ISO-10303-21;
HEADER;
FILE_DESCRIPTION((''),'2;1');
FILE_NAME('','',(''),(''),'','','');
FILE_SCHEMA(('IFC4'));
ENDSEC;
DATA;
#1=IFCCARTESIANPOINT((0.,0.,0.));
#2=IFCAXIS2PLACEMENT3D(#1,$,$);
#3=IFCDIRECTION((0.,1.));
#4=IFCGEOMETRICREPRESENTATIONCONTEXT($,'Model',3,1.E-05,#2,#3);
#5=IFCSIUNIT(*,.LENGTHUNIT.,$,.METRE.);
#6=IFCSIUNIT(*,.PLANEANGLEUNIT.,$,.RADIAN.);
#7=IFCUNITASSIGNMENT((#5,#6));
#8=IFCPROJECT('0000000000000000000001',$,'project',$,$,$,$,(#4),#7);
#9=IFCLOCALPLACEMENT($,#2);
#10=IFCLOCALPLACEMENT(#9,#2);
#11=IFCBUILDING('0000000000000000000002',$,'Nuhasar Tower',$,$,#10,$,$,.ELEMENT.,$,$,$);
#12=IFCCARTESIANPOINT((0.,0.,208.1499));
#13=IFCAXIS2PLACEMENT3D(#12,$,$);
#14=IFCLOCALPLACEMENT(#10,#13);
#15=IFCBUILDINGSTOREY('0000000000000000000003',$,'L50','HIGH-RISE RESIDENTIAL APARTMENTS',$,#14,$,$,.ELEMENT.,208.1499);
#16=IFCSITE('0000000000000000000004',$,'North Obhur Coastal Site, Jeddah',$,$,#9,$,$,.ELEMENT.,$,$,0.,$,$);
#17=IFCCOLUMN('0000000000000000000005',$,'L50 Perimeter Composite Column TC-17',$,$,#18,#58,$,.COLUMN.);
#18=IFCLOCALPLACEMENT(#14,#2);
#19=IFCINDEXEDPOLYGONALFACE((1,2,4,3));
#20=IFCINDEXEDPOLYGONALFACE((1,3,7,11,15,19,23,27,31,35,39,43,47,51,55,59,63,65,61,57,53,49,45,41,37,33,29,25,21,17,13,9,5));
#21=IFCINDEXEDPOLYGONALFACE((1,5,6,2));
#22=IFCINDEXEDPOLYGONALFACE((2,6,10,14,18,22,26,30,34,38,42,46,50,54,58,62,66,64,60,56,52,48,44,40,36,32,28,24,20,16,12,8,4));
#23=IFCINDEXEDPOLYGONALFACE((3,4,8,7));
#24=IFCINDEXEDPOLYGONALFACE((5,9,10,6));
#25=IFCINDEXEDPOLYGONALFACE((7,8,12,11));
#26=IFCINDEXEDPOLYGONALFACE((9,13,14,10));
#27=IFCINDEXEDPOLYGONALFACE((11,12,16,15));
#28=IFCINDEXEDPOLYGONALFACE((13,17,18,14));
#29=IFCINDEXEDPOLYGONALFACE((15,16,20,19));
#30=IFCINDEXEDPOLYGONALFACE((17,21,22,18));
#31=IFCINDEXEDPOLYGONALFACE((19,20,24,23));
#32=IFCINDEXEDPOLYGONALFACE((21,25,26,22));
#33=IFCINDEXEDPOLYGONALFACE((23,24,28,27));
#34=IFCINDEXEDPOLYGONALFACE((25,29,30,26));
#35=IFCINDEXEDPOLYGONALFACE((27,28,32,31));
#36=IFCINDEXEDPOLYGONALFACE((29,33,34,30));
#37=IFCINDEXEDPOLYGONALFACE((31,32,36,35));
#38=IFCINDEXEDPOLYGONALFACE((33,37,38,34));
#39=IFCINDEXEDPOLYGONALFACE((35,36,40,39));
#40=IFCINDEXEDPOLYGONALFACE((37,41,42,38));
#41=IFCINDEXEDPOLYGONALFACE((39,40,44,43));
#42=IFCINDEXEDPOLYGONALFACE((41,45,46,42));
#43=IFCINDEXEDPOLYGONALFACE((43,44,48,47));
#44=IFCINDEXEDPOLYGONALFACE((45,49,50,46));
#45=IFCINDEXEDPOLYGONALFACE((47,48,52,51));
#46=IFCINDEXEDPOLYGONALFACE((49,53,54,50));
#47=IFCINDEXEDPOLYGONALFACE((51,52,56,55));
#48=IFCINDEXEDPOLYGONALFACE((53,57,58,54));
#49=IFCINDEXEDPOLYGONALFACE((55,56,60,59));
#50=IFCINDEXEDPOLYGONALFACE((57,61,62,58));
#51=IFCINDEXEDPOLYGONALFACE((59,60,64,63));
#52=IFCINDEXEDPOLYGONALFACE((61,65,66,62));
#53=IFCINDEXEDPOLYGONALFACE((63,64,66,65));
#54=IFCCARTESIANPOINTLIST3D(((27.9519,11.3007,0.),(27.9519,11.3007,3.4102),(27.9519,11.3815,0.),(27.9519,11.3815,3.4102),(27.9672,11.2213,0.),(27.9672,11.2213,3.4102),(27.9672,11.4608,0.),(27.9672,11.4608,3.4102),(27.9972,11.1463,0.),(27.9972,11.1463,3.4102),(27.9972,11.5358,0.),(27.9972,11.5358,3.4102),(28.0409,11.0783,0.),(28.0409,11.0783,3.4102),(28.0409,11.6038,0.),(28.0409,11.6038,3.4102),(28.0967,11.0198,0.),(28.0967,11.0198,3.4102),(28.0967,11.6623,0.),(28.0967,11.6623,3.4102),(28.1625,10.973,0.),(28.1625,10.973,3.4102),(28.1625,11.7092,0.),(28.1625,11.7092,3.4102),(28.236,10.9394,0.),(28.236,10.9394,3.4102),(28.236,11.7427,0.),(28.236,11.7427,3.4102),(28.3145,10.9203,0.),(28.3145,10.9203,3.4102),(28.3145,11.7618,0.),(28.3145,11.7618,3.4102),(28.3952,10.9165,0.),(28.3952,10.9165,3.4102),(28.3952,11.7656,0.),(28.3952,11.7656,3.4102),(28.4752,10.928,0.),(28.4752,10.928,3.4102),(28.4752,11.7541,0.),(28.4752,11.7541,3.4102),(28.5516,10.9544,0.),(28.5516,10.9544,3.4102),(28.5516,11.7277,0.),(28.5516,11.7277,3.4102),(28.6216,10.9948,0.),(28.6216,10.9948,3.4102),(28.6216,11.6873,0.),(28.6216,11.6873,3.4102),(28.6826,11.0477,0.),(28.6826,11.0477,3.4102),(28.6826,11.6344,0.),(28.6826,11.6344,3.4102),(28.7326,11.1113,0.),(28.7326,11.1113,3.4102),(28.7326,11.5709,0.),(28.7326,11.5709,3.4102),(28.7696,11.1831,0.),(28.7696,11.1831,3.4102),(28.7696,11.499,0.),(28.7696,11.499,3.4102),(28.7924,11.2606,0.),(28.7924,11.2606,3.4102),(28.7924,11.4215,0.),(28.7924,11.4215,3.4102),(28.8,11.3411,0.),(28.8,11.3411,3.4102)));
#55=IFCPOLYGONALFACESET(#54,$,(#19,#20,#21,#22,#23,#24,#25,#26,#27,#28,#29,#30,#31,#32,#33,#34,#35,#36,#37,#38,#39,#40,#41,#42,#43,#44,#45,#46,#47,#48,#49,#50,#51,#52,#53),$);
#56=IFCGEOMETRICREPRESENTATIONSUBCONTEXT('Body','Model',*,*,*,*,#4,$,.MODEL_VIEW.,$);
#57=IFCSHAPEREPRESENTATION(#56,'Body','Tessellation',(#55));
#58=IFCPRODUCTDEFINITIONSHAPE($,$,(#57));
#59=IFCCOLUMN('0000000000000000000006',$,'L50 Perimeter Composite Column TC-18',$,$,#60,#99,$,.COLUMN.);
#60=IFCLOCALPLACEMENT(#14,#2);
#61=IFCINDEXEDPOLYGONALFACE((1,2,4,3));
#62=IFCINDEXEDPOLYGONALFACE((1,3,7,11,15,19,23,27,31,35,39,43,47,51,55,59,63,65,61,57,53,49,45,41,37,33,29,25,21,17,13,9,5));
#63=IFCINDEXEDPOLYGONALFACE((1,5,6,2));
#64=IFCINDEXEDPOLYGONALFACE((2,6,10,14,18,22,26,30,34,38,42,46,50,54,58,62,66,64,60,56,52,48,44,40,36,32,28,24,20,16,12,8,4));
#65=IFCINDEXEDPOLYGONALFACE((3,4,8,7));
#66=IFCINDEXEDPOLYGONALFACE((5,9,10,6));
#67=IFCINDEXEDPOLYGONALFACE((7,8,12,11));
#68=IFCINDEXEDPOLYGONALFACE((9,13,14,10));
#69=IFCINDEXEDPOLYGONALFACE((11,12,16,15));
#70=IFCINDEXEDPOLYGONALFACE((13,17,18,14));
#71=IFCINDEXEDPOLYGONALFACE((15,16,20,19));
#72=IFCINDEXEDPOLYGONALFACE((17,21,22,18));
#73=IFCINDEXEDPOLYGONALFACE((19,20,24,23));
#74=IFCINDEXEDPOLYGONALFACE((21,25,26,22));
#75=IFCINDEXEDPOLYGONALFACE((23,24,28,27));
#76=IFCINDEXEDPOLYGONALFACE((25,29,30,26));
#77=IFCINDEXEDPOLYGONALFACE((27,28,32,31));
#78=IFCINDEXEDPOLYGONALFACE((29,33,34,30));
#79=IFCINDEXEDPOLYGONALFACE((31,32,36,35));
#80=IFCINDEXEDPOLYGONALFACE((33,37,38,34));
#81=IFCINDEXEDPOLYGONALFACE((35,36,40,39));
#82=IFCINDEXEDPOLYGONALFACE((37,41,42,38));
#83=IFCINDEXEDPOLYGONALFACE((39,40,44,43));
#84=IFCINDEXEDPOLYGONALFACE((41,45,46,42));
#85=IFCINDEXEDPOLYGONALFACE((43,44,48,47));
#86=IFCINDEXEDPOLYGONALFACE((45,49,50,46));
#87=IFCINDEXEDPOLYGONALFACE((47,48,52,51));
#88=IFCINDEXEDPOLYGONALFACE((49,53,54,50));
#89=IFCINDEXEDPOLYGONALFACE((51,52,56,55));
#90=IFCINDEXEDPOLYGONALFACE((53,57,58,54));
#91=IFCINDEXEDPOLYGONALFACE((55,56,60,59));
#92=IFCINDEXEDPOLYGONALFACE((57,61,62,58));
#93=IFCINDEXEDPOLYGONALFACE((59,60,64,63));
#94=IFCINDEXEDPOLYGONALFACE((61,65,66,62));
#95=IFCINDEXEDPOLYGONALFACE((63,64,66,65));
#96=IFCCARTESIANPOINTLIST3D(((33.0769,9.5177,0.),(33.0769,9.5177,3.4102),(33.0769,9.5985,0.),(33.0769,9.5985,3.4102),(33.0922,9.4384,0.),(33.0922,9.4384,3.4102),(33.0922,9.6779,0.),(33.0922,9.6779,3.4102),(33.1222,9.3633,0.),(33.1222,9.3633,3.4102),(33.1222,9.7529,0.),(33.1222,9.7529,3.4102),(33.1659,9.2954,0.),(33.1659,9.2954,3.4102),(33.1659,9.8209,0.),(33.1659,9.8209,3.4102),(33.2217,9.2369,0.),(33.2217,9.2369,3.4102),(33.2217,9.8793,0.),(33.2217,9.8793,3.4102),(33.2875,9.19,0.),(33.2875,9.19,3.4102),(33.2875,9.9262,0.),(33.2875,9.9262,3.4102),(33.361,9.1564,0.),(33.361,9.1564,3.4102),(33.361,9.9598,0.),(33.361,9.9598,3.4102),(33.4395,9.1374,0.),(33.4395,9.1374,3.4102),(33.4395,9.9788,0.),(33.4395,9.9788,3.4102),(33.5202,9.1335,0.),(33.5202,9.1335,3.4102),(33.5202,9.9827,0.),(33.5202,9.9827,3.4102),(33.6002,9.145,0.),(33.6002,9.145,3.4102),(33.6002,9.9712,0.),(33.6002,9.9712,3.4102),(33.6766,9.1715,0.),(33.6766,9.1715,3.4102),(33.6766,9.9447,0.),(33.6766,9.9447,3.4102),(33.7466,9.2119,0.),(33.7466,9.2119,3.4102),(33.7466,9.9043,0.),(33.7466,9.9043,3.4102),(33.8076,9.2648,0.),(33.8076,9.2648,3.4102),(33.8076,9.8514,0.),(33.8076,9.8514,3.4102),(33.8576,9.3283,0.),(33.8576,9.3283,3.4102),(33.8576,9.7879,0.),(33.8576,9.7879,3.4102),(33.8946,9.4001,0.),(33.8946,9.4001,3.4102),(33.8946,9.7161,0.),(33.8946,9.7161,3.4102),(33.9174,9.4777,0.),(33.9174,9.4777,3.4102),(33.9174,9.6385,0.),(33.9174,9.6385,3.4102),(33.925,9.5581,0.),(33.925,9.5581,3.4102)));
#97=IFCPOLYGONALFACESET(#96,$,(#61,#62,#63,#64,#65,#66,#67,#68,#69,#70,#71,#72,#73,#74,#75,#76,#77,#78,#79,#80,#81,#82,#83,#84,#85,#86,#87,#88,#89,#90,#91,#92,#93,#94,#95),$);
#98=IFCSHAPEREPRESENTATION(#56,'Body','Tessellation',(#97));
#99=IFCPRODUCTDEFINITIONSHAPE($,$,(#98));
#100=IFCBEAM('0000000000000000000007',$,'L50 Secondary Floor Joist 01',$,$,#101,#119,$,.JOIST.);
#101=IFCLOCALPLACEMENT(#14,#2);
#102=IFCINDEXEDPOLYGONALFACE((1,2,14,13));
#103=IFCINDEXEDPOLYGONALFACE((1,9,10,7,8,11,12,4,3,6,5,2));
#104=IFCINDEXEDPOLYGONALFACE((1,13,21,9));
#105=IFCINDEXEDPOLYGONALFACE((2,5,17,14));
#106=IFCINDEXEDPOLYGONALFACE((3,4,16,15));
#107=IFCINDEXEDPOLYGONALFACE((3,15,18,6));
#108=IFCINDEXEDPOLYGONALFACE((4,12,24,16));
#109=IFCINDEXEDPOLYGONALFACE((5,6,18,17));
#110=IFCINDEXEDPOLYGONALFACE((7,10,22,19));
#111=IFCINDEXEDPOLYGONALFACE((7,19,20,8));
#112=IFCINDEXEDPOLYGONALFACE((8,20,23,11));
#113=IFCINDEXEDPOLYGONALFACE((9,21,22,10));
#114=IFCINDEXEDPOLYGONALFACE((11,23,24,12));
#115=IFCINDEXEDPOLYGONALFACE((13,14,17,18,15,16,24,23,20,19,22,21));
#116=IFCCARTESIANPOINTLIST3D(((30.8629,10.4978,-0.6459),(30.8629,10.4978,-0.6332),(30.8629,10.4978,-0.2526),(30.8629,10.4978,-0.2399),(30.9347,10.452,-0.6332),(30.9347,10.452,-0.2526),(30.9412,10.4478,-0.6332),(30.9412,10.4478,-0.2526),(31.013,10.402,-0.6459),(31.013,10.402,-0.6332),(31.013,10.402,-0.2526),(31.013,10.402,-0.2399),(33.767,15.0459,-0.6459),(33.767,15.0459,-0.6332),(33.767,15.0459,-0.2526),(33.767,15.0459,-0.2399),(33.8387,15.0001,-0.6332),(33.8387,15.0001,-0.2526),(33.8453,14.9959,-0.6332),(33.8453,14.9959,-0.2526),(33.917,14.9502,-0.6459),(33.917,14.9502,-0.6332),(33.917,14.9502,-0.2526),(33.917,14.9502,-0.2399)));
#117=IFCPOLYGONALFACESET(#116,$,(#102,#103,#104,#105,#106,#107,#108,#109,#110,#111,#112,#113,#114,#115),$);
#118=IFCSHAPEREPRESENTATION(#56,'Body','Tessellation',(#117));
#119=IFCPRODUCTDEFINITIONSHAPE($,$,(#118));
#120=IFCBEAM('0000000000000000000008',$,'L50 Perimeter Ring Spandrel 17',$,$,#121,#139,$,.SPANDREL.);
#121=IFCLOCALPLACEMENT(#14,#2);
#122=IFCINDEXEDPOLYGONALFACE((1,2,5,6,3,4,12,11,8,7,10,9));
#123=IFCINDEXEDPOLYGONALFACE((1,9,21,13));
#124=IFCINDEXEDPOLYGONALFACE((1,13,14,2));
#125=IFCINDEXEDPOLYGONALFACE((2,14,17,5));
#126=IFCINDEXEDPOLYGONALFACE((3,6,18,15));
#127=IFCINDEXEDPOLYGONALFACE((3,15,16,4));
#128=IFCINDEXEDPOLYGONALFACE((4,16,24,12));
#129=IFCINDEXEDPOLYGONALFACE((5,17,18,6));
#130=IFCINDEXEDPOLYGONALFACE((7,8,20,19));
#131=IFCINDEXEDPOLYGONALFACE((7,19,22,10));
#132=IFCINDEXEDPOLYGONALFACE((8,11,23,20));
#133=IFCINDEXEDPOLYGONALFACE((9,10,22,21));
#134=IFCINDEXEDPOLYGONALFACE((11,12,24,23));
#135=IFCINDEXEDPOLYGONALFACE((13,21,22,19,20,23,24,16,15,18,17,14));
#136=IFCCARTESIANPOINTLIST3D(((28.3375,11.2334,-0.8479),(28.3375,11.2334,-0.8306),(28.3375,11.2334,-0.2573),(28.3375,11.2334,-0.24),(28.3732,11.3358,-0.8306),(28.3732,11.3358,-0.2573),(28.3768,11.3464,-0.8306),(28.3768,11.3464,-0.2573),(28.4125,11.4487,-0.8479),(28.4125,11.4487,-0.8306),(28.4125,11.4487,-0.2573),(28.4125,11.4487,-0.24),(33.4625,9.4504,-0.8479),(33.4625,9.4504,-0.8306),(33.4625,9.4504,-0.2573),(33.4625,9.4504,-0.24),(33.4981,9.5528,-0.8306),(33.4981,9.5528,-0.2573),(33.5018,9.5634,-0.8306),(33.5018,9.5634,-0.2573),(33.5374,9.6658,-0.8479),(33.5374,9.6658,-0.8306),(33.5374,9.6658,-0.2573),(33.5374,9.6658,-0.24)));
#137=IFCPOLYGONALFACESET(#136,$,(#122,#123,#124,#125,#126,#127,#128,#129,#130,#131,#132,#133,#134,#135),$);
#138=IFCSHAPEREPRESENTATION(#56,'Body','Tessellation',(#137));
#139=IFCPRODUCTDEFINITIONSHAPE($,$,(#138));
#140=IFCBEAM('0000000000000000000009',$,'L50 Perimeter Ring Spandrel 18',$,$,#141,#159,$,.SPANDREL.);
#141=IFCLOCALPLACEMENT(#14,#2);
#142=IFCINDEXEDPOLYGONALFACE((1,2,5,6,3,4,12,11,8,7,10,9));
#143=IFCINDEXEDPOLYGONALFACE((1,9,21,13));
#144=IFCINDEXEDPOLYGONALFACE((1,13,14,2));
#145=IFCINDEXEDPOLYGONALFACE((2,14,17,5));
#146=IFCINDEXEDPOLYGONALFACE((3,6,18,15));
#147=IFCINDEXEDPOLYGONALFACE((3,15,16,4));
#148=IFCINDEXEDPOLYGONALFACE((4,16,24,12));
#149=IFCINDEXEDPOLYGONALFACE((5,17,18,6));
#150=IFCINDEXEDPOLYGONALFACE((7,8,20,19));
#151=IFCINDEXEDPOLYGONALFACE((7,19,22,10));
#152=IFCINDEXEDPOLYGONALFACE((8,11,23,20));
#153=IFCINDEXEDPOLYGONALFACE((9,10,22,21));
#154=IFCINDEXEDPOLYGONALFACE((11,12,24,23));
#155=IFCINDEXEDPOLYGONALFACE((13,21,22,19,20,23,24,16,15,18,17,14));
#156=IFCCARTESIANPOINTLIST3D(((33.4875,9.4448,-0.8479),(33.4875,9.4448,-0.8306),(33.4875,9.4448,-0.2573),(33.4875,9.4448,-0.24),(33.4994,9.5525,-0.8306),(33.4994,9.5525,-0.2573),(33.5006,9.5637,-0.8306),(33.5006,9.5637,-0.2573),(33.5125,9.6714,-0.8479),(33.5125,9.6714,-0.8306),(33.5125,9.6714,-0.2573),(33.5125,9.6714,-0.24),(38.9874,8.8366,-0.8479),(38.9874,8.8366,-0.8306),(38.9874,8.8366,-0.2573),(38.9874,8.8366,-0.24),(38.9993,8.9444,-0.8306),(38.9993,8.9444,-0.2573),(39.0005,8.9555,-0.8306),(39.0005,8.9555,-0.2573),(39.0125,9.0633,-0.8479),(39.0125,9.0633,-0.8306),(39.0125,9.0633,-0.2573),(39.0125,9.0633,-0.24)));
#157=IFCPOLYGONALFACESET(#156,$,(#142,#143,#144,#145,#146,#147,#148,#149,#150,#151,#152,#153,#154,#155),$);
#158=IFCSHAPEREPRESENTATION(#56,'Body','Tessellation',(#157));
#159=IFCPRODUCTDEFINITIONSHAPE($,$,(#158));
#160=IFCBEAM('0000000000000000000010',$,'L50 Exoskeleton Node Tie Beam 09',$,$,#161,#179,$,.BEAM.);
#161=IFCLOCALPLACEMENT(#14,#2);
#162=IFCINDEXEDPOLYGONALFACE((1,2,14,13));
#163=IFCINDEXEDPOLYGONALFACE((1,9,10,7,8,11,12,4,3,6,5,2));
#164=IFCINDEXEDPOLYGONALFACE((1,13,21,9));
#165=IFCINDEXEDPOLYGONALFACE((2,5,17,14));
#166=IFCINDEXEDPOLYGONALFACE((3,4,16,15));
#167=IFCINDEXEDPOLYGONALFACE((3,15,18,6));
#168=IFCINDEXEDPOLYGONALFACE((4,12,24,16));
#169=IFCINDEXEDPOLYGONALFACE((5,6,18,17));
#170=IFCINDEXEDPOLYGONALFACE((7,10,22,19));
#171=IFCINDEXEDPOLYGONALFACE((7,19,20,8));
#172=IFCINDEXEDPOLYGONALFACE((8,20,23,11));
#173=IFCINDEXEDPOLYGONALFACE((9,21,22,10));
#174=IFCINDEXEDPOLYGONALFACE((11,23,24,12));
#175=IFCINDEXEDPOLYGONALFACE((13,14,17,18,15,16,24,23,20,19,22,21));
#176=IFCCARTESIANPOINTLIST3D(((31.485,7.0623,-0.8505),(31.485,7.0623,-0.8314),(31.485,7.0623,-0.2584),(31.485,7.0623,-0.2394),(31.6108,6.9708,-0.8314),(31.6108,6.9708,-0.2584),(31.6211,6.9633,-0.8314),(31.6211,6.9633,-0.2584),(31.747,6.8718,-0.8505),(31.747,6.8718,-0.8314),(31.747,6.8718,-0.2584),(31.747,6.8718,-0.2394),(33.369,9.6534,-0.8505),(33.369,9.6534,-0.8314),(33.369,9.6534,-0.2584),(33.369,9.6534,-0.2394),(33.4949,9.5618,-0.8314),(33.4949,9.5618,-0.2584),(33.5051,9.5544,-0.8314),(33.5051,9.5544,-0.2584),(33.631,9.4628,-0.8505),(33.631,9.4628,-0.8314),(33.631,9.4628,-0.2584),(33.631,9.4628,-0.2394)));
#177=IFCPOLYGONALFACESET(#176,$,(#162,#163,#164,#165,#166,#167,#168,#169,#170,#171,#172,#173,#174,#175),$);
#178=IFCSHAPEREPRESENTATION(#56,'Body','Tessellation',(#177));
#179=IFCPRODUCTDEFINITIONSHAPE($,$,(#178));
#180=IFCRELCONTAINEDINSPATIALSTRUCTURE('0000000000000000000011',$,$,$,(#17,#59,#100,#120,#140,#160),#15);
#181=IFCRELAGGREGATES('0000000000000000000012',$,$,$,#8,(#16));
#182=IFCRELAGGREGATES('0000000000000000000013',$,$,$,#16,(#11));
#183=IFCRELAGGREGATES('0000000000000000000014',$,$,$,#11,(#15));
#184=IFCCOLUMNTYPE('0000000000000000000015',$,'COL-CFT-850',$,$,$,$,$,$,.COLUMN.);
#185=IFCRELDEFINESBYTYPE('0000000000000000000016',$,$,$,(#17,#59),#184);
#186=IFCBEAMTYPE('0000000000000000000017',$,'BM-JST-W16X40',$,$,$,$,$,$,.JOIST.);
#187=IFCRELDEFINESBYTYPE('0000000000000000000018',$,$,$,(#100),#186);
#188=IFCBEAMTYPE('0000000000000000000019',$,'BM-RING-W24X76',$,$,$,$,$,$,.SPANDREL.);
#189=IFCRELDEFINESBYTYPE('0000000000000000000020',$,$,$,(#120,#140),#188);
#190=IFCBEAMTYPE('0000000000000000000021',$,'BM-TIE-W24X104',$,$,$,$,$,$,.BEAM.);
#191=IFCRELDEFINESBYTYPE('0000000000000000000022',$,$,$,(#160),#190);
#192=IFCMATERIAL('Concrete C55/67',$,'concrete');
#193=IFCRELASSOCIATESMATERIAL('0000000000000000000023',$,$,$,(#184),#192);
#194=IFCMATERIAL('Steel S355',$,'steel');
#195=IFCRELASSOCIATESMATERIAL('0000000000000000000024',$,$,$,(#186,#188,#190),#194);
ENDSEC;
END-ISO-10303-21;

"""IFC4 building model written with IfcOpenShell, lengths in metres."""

from ifc_helpers import new_model, si_unit, direction, frame, origin, origin_2d, place, context, subcontext, project, spatial, circle, i_section, extrude, material, material_profile, profile_set, type_object, element, save


model = new_model("IFC4")

# Units and contexts
model_context = context("Model", 3, precision=1e-05, world=origin(), true_north=direction((0.0, 1.0)))
body_context = subcontext(model_context, "Body", "Model", "MODEL_VIEW")
ifc_project = project(units=[si_unit("LENGTHUNIT", "METRE"), si_unit("PLANEANGLEUNIT", "RADIAN")], contexts=[model_context])

# Site, building, storey
site_placement = place(None, origin())
site = spatial("IfcSite", under=ifc_project, at=site_placement, Name="North Obhur Coastal Site, Jeddah", CompositionType="ELEMENT", RefElevation=0.0)
building_placement = place(site_placement, origin())
building = spatial("IfcBuilding", under=site, at=building_placement, Name="Nuhasar Tower", CompositionType="ELEMENT")
storey_placement = place(building_placement, frame((0.0, 0.0, 208.1499)))
storey = spatial("IfcBuildingStorey", under=building, at=storey_placement, Name="L50", Description="HIGH-RISE RESIDENTIAL APARTMENTS", CompositionType="ELEMENT", Elevation=208.1499)

# Columns
ifc_material_1 = material(Name="Concrete C55/67", Category="concrete")
ifc_material_profile_1 = material_profile(ifc_material_1, circle(Radius=0.425, at=origin_2d()), Name="CFT850")
ifc_profile_set_1 = profile_set([ifc_material_profile_1], Name="Concrete C55/67")
column_type = type_object("IfcColumnType", Name="COL-CFT-850", PredefinedType="COLUMN", material=ifc_profile_set_1)
for number, where, z_axis, x_axis, name in (
    (1, (28.375, 11.3411, 0.0), (0.0, 0.0, 1.0), (1.0, 0.0, 0.0), "L50 Perimeter Composite Column TC-17"),
    (2, (33.5, 9.5581, 0.0), (0.0, 0.0, 1.0), (1.0, 0.0, 0.0), "L50 Perimeter Composite Column TC-18"),
):
    element("IfcColumn", number, at=place(storey_placement, frame(where, z_axis=z_axis, x_axis=x_axis)), inside=storey, type_object=column_type, Name=name, PredefinedType="COLUMN", context=body_context, shape_type="SweptSolid", body=[
        extrude(circle(Radius=0.425, at=origin_2d()), origin(), (0.0, 0.0, 1.0), 3.4102),
    ])

# Beams
ifc_material_2 = material(Name="Steel S355", Category="steel")
ifc_material_profile_2 = material_profile(ifc_material_2, i_section(OverallWidth=0.178, OverallDepth=0.406, WebThickness=0.0078, FlangeThickness=0.0127, at=origin_2d()), Name="W16X40")
ifc_profile_set_2 = profile_set([ifc_material_profile_2], Name="Steel S355")
beam_type_1 = type_object("IfcBeamType", Name="BM-JST-W16X40", PredefinedType="JOIST", material=ifc_profile_set_2)
beam_1_placement = place(storey_placement, frame((33.842, 14.998, -0.4429), z_axis=(-0.538169, -0.842837, 0.0), x_axis=(0.842837, -0.538169, 0.0)))
element("IfcBeam", 3, at=beam_1_placement, inside=storey, type_object=beam_type_1, Name="L50 Secondary Floor Joist 01", PredefinedType="JOIST", context=body_context, shape_type="SweptSolid", body=[
    extrude(i_section(OverallWidth=0.178, OverallDepth=0.406, WebThickness=0.0078, FlangeThickness=0.0127, at=origin_2d()), origin(), (0.0, 0.0, 1.0), 5.3962),
])
ifc_material_profile_3 = material_profile(ifc_material_2, i_section(OverallWidth=0.228, OverallDepth=0.6079, WebThickness=0.0112, FlangeThickness=0.0173, at=origin_2d()), Name="W24X76")
ifc_profile_set_3 = profile_set([ifc_material_profile_3], Name="Steel S355")
beam_type_2 = type_object("IfcBeamType", Name="BM-RING-W24X76", PredefinedType="SPANDREL", material=ifc_profile_set_3)
beam_2_placement = place(storey_placement, frame((28.375, 11.3411, -0.5439), z_axis=(0.944477, -0.328578, 0.0), x_axis=(0.328578, 0.944477, 0.0)))
element("IfcBeam", 4, at=beam_2_placement, inside=storey, type_object=beam_type_2, Name="L50 Perimeter Ring Spandrel 17", PredefinedType="SPANDREL", context=body_context, shape_type="SweptSolid", body=[
    extrude(i_section(OverallWidth=0.228, OverallDepth=0.6079, WebThickness=0.0112, FlangeThickness=0.0173, at=origin_2d()), origin(), (0.0, 0.0, 1.0), 5.4263),
])
beam_3_placement = place(storey_placement, frame((33.5, 9.5581, -0.5439), z_axis=(0.993942, -0.109904, 0.0), x_axis=(0.109904, 0.993942, 0.0)))
element("IfcBeam", 5, at=beam_3_placement, inside=storey, type_object=beam_type_2, Name="L50 Perimeter Ring Spandrel 18", PredefinedType="SPANDREL", context=body_context, shape_type="SweptSolid", body=[
    extrude(i_section(OverallWidth=0.228, OverallDepth=0.6079, WebThickness=0.0112, FlangeThickness=0.0173, at=origin_2d()), origin(), (0.0, 0.0, 1.0), 5.5334),
])
ifc_material_profile_4 = material_profile(ifc_material_2, i_section(OverallWidth=0.324, OverallDepth=0.6111, WebThickness=0.0127, FlangeThickness=0.019, at=origin_2d()), Name="W24X104")
ifc_profile_set_4 = profile_set([ifc_material_profile_4], Name="Steel S355")
beam_type_3 = type_object("IfcBeamType", Name="BM-TIE-W24X104", PredefinedType="BEAM", material=ifc_profile_set_4)
beam_4_placement = place(storey_placement, frame((33.5, 9.5581, -0.5449), z_axis=(-0.588095, -0.808792, 0.0), x_axis=(0.808792, -0.588095, 0.0)))
element("IfcBeam", 6, at=beam_4_placement, inside=storey, type_object=beam_type_3, Name="L50 Exoskeleton Node Tie Beam 09", PredefinedType="BEAM", context=body_context, shape_type="SweptSolid", body=[
    extrude(i_section(OverallWidth=0.324, OverallDepth=0.6111, WebThickness=0.0127, FlangeThickness=0.019, at=origin_2d()), origin(), (0.0, 0.0, 1.0), 3.2036),
])

save(model, "model.ifc")
